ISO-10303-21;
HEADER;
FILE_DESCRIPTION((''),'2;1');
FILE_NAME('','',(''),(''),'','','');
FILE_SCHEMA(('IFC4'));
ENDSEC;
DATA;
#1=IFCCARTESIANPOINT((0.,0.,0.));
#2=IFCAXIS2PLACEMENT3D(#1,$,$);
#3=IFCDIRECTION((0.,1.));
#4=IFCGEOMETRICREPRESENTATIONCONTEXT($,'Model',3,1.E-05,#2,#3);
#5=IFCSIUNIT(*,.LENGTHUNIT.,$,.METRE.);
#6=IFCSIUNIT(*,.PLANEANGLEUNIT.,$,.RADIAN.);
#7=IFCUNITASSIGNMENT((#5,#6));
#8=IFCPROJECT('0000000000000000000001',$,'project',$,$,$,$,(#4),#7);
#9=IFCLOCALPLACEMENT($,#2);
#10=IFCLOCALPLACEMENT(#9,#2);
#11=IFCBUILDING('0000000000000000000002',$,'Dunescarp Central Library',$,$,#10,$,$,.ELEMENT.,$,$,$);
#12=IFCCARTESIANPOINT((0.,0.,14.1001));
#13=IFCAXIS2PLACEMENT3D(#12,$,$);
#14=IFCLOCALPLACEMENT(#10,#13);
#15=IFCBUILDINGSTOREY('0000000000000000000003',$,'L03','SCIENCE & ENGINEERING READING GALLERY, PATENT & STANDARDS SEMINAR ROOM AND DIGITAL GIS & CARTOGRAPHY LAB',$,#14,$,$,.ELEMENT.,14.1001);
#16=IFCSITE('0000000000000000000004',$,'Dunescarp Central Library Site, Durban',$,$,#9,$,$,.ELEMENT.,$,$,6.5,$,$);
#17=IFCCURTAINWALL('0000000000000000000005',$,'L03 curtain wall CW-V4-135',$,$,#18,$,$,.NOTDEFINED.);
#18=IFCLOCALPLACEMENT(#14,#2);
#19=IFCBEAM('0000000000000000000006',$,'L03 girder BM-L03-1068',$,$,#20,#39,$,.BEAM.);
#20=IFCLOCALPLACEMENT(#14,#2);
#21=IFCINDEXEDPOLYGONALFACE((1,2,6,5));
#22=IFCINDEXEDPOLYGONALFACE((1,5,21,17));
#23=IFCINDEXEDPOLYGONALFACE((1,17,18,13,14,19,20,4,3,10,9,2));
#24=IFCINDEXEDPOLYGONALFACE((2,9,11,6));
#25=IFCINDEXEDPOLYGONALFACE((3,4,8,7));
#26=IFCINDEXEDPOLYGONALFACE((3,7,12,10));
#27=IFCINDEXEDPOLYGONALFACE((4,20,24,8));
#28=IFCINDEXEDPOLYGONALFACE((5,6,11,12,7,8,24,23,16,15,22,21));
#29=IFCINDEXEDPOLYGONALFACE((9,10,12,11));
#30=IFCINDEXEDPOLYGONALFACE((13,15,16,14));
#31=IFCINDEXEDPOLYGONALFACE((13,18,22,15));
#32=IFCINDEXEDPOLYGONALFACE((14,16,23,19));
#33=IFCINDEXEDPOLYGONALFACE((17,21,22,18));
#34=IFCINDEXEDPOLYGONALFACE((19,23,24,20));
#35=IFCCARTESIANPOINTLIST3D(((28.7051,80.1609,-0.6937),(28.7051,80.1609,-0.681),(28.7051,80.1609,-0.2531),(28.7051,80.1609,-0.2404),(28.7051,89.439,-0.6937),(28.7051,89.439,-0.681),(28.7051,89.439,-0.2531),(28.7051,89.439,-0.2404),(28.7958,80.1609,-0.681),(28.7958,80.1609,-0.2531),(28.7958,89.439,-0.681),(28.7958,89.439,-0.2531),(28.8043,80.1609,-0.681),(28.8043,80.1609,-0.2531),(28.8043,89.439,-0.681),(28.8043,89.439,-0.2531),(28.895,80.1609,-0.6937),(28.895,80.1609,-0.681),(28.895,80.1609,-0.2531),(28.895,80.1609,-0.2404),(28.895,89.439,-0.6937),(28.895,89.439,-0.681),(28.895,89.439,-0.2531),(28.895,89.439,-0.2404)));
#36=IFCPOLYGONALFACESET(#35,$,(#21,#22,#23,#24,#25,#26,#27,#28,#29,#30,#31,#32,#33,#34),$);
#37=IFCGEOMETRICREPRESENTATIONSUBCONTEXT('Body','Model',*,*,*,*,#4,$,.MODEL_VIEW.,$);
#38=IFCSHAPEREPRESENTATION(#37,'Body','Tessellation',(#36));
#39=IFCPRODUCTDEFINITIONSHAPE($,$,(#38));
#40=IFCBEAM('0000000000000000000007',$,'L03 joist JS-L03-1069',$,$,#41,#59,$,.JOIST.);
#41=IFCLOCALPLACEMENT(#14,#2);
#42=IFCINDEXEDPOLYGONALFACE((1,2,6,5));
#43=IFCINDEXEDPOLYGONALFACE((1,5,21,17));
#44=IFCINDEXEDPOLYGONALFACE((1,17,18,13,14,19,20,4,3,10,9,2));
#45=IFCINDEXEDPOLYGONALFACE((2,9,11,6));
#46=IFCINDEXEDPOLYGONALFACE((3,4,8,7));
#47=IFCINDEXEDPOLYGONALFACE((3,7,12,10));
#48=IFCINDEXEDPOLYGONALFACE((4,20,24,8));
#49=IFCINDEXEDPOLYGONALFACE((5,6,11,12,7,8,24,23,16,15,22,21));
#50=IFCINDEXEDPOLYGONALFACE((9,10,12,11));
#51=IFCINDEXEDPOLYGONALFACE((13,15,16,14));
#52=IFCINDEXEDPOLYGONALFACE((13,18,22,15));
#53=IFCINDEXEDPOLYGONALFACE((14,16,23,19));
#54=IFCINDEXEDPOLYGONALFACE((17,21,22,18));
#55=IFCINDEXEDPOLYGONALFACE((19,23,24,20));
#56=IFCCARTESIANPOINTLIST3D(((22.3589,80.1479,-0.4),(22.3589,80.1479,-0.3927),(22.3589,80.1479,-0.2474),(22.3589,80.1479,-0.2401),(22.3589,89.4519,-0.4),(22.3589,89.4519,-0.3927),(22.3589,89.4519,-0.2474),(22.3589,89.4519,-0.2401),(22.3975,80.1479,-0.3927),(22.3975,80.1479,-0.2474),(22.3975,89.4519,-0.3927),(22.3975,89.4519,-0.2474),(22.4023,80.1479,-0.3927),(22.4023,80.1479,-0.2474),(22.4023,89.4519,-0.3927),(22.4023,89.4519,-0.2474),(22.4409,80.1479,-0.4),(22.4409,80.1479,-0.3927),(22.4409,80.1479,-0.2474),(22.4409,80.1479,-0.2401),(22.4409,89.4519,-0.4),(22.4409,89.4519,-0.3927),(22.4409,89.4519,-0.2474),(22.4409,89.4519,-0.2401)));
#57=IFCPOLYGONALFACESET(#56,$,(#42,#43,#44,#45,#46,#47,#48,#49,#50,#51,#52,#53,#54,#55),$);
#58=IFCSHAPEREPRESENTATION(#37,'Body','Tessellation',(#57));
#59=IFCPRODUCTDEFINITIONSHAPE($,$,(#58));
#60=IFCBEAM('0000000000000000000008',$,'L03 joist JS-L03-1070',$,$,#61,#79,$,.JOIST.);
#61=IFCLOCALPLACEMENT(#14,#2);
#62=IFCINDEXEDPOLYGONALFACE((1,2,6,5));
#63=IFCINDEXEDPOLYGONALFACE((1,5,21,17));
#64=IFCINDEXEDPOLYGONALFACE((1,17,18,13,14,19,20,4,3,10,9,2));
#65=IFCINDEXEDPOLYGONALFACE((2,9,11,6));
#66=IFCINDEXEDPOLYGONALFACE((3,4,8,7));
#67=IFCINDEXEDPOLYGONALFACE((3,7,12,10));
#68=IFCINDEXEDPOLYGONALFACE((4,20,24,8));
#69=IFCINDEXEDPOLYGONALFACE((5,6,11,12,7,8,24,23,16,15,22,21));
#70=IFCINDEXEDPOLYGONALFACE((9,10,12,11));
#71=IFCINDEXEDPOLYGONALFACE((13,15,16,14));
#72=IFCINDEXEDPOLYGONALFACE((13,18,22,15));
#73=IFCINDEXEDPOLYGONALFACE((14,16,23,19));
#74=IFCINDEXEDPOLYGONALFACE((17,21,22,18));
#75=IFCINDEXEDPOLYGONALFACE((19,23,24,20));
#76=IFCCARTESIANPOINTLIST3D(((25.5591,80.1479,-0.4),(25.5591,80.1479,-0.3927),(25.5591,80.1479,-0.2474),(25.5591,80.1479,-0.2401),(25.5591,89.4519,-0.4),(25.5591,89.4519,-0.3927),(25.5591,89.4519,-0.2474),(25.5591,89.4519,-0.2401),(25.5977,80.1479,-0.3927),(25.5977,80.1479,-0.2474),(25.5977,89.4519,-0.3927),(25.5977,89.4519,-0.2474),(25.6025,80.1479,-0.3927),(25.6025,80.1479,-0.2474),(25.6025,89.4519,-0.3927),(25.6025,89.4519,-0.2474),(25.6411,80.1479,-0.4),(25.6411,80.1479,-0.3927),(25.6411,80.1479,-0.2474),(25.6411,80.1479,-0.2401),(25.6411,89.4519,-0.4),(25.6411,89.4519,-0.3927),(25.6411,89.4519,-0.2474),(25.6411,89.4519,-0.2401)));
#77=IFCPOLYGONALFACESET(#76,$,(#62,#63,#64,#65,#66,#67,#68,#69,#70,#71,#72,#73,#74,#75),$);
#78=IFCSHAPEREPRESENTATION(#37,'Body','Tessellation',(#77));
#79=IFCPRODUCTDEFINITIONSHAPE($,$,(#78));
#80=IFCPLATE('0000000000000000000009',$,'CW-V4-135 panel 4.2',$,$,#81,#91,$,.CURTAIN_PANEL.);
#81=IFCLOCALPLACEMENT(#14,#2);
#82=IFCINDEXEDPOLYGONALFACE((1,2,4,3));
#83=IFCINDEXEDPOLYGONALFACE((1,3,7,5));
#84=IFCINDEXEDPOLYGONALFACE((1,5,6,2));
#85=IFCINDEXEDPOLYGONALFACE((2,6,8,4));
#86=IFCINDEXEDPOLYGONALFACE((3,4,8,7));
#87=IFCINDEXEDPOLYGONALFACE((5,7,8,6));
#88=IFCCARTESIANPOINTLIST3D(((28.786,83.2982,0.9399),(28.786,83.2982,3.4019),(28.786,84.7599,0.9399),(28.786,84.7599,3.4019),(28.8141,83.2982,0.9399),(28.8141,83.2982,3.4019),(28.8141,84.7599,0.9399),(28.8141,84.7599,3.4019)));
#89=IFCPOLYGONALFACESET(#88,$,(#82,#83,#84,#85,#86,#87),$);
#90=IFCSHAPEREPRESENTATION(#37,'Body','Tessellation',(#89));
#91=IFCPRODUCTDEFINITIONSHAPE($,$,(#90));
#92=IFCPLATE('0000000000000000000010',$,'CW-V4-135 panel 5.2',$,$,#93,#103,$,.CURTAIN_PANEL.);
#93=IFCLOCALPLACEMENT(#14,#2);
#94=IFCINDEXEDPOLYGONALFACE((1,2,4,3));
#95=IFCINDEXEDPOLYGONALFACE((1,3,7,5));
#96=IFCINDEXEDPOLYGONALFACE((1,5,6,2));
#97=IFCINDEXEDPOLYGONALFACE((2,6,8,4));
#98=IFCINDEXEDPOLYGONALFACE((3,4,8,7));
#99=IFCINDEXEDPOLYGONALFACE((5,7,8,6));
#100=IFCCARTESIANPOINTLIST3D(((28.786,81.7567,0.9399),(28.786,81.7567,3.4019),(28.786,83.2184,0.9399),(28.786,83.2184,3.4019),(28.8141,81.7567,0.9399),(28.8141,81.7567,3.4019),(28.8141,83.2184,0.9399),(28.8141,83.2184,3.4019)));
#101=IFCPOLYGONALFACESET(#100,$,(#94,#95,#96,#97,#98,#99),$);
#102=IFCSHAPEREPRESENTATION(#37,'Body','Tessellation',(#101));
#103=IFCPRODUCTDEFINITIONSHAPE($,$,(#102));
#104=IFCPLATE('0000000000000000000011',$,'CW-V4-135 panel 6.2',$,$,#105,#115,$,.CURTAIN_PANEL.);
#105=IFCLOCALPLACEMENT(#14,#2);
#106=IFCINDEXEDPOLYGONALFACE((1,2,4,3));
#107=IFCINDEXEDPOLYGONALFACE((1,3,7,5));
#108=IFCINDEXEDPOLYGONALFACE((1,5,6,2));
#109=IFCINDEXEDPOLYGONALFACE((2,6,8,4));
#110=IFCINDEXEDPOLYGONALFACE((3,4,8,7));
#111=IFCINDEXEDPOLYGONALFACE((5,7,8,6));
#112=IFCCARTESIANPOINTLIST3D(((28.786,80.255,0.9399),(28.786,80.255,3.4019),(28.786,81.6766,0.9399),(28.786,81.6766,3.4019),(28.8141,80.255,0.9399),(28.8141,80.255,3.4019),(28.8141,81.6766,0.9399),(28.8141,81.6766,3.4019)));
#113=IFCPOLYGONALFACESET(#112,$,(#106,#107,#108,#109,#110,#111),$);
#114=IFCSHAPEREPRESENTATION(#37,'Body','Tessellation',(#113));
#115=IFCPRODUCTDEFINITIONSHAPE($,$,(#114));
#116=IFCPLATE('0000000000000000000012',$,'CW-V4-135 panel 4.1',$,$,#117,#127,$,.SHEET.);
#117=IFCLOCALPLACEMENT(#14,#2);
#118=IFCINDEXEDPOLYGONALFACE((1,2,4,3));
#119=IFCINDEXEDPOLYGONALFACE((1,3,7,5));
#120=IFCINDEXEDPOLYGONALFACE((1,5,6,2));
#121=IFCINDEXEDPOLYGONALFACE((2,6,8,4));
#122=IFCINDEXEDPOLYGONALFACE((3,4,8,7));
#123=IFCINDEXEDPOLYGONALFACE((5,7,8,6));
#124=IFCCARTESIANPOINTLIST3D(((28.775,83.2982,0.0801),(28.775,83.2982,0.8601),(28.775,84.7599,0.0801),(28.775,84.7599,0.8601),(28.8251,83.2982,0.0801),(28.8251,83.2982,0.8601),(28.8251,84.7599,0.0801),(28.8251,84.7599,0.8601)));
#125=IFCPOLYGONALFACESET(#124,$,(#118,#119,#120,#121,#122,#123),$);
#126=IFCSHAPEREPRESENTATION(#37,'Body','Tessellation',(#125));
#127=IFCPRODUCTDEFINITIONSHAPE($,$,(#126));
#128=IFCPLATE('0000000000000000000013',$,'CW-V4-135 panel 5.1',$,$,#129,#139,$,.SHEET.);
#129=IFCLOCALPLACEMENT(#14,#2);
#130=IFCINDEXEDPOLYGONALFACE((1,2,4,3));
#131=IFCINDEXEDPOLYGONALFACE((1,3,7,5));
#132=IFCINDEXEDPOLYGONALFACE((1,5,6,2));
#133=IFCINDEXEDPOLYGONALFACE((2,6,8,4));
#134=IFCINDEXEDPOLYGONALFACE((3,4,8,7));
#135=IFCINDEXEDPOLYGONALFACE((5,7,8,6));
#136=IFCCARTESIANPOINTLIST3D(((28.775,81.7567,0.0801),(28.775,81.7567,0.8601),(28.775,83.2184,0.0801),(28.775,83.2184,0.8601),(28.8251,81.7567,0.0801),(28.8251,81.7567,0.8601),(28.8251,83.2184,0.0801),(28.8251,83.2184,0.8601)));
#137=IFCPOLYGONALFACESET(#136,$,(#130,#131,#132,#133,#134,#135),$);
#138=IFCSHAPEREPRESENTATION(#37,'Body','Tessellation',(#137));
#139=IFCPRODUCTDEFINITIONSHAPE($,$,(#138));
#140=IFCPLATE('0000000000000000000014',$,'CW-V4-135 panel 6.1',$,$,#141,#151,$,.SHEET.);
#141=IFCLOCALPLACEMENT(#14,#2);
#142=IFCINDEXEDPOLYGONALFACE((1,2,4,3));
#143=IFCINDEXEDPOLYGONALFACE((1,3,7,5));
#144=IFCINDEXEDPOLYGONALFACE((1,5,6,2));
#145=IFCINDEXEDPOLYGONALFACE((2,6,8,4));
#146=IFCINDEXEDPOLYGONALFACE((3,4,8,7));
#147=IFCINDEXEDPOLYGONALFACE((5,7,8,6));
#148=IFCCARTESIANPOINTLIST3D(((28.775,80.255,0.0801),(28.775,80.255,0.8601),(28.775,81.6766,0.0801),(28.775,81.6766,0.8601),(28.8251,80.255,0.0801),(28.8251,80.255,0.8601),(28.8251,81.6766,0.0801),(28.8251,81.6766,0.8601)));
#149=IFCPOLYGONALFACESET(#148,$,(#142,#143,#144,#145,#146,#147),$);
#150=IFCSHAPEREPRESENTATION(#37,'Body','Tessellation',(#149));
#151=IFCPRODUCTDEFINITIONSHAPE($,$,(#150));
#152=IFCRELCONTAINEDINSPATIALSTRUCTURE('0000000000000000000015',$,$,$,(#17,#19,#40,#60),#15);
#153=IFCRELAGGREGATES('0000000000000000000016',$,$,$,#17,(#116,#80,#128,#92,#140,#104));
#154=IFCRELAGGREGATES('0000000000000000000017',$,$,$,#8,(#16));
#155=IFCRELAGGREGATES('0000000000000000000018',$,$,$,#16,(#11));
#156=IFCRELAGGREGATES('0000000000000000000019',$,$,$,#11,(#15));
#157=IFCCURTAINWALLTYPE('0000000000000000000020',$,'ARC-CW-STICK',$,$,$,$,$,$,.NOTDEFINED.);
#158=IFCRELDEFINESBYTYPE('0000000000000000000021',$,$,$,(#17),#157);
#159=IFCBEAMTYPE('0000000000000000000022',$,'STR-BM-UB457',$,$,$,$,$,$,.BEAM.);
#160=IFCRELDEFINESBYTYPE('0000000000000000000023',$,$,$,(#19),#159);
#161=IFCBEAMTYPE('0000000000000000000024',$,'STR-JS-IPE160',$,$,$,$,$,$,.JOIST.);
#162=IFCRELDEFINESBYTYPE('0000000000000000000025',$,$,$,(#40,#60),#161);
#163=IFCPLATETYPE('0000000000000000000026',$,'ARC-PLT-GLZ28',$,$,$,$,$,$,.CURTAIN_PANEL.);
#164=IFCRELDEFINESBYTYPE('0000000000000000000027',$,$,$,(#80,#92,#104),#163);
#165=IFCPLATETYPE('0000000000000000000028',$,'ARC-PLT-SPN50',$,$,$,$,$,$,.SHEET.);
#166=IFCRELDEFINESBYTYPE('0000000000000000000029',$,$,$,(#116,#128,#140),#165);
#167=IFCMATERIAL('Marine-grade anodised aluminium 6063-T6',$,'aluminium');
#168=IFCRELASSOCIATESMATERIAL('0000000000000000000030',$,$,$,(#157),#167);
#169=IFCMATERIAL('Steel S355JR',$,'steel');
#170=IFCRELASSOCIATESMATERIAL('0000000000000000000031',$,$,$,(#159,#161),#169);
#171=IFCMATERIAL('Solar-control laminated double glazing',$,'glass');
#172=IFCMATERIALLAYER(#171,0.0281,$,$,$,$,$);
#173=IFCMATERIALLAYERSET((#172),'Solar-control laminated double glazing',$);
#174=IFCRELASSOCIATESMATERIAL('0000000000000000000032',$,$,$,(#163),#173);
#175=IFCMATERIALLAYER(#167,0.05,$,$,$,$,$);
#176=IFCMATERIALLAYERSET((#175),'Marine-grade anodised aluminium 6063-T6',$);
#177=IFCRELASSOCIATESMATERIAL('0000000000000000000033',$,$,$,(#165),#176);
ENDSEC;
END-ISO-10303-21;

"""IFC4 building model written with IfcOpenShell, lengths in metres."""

from ifc_helpers import new_model, si_unit, direction, frame, origin, origin_2d, place, context, subcontext, project, spatial, rectangle, i_section, extrude, material, layer, layer_set, material_profile, profile_set, type_object, element, aggregate, save


model = new_model("IFC4")

# Units and contexts
model_context = context("Model", 3, precision=1e-05, world=origin(), true_north=direction((0.0, 1.0)))
body_context = subcontext(model_context, "Body", "Model", "MODEL_VIEW")
ifc_project = project(units=[si_unit("LENGTHUNIT", "METRE"), si_unit("PLANEANGLEUNIT", "RADIAN")], contexts=[model_context])

# Site, building, storey
site_placement = place(None, origin())
site = spatial("IfcSite", under=ifc_project, at=site_placement, Name="Dunescarp Central Library Site, Durban", CompositionType="ELEMENT", RefElevation=6.5)
building_placement = place(site_placement, origin())
building = spatial("IfcBuilding", under=site, at=building_placement, Name="Dunescarp Central Library", CompositionType="ELEMENT")
storey_placement = place(building_placement, frame((0.0, 0.0, 14.1001)))
storey = spatial("IfcBuildingStorey", under=building, at=storey_placement, Name="L03", Description="SCIENCE & ENGINEERING READING GALLERY, PATENT & STANDARDS SEMINAR ROOM AND DIGITAL GIS & CARTOGRAPHY LAB", CompositionType="ELEMENT", Elevation=14.1001)

# Curtain wall
ifc_material_1 = material(Name="Marine-grade anodised aluminium 6063-T6", Category="aluminium")
curtain_wall_type = type_object("IfcCurtainWallType", Name="ARC-CW-STICK", PredefinedType="NOTDEFINED", material=ifc_material_1)
curtain_wall_placement = place(storey_placement, origin())
curtain_wall = element("IfcCurtainWall", 1, at=curtain_wall_placement, inside=storey, type_object=curtain_wall_type, Name="L03 curtain wall CW-V4-135", PredefinedType="NOTDEFINED")

# Beams
ifc_material_2 = material(Name="Steel S355JR", Category="steel")
ifc_material_profile_1 = material_profile(ifc_material_2, i_section(OverallWidth=0.1899, OverallDepth=0.4534, WebThickness=0.0085, FlangeThickness=0.0127, at=origin_2d()), Name="UB 457x191x67")
ifc_profile_set_1 = profile_set([ifc_material_profile_1], Name="Steel S355JR")
beam_type_1 = type_object("IfcBeamType", Name="STR-BM-UB457", PredefinedType="BEAM", material=ifc_profile_set_1)
for number, where, z_axis, x_axis, name in (
    (2, (28.8, 80.1609, -0.467), (0.0, 1.0, 0.0), (-1.0, 0.0, 0.0), "L03 girder BM-L03-1068"),
):
    element("IfcBeam", number, at=place(storey_placement, frame(where, z_axis=z_axis, x_axis=x_axis)), inside=storey, type_object=beam_type_1, Name=name, PredefinedType="BEAM", context=body_context, shape_type="SweptSolid", body=[
        extrude(i_section(OverallWidth=0.1899, OverallDepth=0.4534, WebThickness=0.0085, FlangeThickness=0.0127, at=origin_2d()), origin(), (0.0, 0.0, 1.0), 9.2781),
    ])
ifc_material_profile_2 = material_profile(ifc_material_2, i_section(OverallWidth=0.082, OverallDepth=0.1599, WebThickness=0.0049, FlangeThickness=0.0073, at=origin_2d()), Name="IPE 160")
ifc_profile_set_2 = profile_set([ifc_material_profile_2], Name="Steel S355JR")
beam_type_2 = type_object("IfcBeamType", Name="STR-JS-IPE160", PredefinedType="JOIST", material=ifc_profile_set_2)
for number, where, z_axis, x_axis, name in (
    (3, (22.3999, 80.1479, -0.3201), (0.0, 1.0, 0.0), (-1.0, 0.0, 0.0), "L03 joist JS-L03-1069"),
    (4, (25.6001, 80.1479, -0.3201), (0.0, 1.0, 0.0), (-1.0, 0.0, 0.0), "L03 joist JS-L03-1070"),
):
    element("IfcBeam", number, at=place(storey_placement, frame(where, z_axis=z_axis, x_axis=x_axis)), inside=storey, type_object=beam_type_2, Name=name, PredefinedType="JOIST", context=body_context, shape_type="SweptSolid", body=[
        extrude(i_section(OverallWidth=0.082, OverallDepth=0.1599, WebThickness=0.0049, FlangeThickness=0.0073, at=origin_2d()), origin(), (0.0, 0.0, 1.0), 9.304),
    ])

# Plates
ifc_material_3 = material(Name="Solar-control laminated double glazing", Category="glass")
ifc_layer_1 = layer(ifc_material_3, 0.0281)
ifc_layer_set_1 = layer_set([ifc_layer_1], Name="Solar-control laminated double glazing")
plate_type_1 = type_object("IfcPlateType", Name="ARC-PLT-GLZ28", PredefinedType="CURTAIN_PANEL", material=ifc_layer_set_1)
plate_1_placement = place(storey_placement, frame((28.8, 84.0291, 0.9399), z_axis=(0.0, 0.0, 1.0), x_axis=(0.0, -1.0, 0.0)))
plate_1 = element("IfcPlate", 5, at=plate_1_placement, type_object=plate_type_1, Name="CW-V4-135 panel 4.2", PredefinedType="CURTAIN_PANEL", context=body_context, shape_type="SweptSolid", body=[
    extrude(rectangle(XDim=1.4617, YDim=0.0281, at=origin_2d()), origin(), (0.0, 0.0, 1.0), 2.4619),
])
plate_2_placement = place(storey_placement, frame((28.8, 82.4875, 0.9399), z_axis=(0.0, 0.0, 1.0), x_axis=(0.0, -1.0, 0.0)))
plate_2 = element("IfcPlate", 6, at=plate_2_placement, type_object=plate_type_1, Name="CW-V4-135 panel 5.2", PredefinedType="CURTAIN_PANEL", context=body_context, shape_type="SweptSolid", body=[
    extrude(rectangle(XDim=1.4617, YDim=0.0281, at=origin_2d()), origin(), (0.0, 0.0, 1.0), 2.4619),
])
plate_3_placement = place(storey_placement, frame((28.8, 80.9658, 0.9399), z_axis=(0.0, 0.0, 1.0), x_axis=(0.0, -1.0, 0.0)))
plate_3 = element("IfcPlate", 7, at=plate_3_placement, type_object=plate_type_1, Name="CW-V4-135 panel 6.2", PredefinedType="CURTAIN_PANEL", context=body_context, shape_type="SweptSolid", body=[
    extrude(rectangle(XDim=1.4216, YDim=0.0281, at=origin_2d()), origin(), (0.0, 0.0, 1.0), 2.4619),
])
ifc_layer_2 = layer(ifc_material_1, 0.05)
ifc_layer_set_2 = layer_set([ifc_layer_2], Name="Marine-grade anodised aluminium 6063-T6")
plate_type_2 = type_object("IfcPlateType", Name="ARC-PLT-SPN50", PredefinedType="SHEET", material=ifc_layer_set_2)
plate_4_placement = place(storey_placement, frame((28.8, 84.0291, 0.0801), z_axis=(0.0, 0.0, 1.0), x_axis=(0.0, -1.0, 0.0)))
plate_4 = element("IfcPlate", 8, at=plate_4_placement, type_object=plate_type_2, Name="CW-V4-135 panel 4.1", PredefinedType="SHEET", context=body_context, shape_type="SweptSolid", body=[
    extrude(rectangle(XDim=1.4617, YDim=0.05, at=origin_2d()), origin(), (0.0, 0.0, 1.0), 0.78),
])
plate_5_placement = place(storey_placement, frame((28.8, 82.4875, 0.0801), z_axis=(0.0, 0.0, 1.0), x_axis=(0.0, -1.0, 0.0)))
plate_5 = element("IfcPlate", 9, at=plate_5_placement, type_object=plate_type_2, Name="CW-V4-135 panel 5.1", PredefinedType="SHEET", context=body_context, shape_type="SweptSolid", body=[
    extrude(rectangle(XDim=1.4617, YDim=0.05, at=origin_2d()), origin(), (0.0, 0.0, 1.0), 0.78),
])
plate_6_placement = place(storey_placement, frame((28.8, 80.9658, 0.0801), z_axis=(0.0, 0.0, 1.0), x_axis=(0.0, -1.0, 0.0)))
plate_6 = element("IfcPlate", 10, at=plate_6_placement, type_object=plate_type_2, Name="CW-V4-135 panel 6.1", PredefinedType="SHEET", context=body_context, shape_type="SweptSolid", body=[
    extrude(rectangle(XDim=1.4216, YDim=0.05, at=origin_2d()), origin(), (0.0, 0.0, 1.0), 0.78),
])
aggregate(curtain_wall, [plate_4, plate_1, plate_5, plate_2, plate_6, plate_3])

save(model, "model.ifc")
